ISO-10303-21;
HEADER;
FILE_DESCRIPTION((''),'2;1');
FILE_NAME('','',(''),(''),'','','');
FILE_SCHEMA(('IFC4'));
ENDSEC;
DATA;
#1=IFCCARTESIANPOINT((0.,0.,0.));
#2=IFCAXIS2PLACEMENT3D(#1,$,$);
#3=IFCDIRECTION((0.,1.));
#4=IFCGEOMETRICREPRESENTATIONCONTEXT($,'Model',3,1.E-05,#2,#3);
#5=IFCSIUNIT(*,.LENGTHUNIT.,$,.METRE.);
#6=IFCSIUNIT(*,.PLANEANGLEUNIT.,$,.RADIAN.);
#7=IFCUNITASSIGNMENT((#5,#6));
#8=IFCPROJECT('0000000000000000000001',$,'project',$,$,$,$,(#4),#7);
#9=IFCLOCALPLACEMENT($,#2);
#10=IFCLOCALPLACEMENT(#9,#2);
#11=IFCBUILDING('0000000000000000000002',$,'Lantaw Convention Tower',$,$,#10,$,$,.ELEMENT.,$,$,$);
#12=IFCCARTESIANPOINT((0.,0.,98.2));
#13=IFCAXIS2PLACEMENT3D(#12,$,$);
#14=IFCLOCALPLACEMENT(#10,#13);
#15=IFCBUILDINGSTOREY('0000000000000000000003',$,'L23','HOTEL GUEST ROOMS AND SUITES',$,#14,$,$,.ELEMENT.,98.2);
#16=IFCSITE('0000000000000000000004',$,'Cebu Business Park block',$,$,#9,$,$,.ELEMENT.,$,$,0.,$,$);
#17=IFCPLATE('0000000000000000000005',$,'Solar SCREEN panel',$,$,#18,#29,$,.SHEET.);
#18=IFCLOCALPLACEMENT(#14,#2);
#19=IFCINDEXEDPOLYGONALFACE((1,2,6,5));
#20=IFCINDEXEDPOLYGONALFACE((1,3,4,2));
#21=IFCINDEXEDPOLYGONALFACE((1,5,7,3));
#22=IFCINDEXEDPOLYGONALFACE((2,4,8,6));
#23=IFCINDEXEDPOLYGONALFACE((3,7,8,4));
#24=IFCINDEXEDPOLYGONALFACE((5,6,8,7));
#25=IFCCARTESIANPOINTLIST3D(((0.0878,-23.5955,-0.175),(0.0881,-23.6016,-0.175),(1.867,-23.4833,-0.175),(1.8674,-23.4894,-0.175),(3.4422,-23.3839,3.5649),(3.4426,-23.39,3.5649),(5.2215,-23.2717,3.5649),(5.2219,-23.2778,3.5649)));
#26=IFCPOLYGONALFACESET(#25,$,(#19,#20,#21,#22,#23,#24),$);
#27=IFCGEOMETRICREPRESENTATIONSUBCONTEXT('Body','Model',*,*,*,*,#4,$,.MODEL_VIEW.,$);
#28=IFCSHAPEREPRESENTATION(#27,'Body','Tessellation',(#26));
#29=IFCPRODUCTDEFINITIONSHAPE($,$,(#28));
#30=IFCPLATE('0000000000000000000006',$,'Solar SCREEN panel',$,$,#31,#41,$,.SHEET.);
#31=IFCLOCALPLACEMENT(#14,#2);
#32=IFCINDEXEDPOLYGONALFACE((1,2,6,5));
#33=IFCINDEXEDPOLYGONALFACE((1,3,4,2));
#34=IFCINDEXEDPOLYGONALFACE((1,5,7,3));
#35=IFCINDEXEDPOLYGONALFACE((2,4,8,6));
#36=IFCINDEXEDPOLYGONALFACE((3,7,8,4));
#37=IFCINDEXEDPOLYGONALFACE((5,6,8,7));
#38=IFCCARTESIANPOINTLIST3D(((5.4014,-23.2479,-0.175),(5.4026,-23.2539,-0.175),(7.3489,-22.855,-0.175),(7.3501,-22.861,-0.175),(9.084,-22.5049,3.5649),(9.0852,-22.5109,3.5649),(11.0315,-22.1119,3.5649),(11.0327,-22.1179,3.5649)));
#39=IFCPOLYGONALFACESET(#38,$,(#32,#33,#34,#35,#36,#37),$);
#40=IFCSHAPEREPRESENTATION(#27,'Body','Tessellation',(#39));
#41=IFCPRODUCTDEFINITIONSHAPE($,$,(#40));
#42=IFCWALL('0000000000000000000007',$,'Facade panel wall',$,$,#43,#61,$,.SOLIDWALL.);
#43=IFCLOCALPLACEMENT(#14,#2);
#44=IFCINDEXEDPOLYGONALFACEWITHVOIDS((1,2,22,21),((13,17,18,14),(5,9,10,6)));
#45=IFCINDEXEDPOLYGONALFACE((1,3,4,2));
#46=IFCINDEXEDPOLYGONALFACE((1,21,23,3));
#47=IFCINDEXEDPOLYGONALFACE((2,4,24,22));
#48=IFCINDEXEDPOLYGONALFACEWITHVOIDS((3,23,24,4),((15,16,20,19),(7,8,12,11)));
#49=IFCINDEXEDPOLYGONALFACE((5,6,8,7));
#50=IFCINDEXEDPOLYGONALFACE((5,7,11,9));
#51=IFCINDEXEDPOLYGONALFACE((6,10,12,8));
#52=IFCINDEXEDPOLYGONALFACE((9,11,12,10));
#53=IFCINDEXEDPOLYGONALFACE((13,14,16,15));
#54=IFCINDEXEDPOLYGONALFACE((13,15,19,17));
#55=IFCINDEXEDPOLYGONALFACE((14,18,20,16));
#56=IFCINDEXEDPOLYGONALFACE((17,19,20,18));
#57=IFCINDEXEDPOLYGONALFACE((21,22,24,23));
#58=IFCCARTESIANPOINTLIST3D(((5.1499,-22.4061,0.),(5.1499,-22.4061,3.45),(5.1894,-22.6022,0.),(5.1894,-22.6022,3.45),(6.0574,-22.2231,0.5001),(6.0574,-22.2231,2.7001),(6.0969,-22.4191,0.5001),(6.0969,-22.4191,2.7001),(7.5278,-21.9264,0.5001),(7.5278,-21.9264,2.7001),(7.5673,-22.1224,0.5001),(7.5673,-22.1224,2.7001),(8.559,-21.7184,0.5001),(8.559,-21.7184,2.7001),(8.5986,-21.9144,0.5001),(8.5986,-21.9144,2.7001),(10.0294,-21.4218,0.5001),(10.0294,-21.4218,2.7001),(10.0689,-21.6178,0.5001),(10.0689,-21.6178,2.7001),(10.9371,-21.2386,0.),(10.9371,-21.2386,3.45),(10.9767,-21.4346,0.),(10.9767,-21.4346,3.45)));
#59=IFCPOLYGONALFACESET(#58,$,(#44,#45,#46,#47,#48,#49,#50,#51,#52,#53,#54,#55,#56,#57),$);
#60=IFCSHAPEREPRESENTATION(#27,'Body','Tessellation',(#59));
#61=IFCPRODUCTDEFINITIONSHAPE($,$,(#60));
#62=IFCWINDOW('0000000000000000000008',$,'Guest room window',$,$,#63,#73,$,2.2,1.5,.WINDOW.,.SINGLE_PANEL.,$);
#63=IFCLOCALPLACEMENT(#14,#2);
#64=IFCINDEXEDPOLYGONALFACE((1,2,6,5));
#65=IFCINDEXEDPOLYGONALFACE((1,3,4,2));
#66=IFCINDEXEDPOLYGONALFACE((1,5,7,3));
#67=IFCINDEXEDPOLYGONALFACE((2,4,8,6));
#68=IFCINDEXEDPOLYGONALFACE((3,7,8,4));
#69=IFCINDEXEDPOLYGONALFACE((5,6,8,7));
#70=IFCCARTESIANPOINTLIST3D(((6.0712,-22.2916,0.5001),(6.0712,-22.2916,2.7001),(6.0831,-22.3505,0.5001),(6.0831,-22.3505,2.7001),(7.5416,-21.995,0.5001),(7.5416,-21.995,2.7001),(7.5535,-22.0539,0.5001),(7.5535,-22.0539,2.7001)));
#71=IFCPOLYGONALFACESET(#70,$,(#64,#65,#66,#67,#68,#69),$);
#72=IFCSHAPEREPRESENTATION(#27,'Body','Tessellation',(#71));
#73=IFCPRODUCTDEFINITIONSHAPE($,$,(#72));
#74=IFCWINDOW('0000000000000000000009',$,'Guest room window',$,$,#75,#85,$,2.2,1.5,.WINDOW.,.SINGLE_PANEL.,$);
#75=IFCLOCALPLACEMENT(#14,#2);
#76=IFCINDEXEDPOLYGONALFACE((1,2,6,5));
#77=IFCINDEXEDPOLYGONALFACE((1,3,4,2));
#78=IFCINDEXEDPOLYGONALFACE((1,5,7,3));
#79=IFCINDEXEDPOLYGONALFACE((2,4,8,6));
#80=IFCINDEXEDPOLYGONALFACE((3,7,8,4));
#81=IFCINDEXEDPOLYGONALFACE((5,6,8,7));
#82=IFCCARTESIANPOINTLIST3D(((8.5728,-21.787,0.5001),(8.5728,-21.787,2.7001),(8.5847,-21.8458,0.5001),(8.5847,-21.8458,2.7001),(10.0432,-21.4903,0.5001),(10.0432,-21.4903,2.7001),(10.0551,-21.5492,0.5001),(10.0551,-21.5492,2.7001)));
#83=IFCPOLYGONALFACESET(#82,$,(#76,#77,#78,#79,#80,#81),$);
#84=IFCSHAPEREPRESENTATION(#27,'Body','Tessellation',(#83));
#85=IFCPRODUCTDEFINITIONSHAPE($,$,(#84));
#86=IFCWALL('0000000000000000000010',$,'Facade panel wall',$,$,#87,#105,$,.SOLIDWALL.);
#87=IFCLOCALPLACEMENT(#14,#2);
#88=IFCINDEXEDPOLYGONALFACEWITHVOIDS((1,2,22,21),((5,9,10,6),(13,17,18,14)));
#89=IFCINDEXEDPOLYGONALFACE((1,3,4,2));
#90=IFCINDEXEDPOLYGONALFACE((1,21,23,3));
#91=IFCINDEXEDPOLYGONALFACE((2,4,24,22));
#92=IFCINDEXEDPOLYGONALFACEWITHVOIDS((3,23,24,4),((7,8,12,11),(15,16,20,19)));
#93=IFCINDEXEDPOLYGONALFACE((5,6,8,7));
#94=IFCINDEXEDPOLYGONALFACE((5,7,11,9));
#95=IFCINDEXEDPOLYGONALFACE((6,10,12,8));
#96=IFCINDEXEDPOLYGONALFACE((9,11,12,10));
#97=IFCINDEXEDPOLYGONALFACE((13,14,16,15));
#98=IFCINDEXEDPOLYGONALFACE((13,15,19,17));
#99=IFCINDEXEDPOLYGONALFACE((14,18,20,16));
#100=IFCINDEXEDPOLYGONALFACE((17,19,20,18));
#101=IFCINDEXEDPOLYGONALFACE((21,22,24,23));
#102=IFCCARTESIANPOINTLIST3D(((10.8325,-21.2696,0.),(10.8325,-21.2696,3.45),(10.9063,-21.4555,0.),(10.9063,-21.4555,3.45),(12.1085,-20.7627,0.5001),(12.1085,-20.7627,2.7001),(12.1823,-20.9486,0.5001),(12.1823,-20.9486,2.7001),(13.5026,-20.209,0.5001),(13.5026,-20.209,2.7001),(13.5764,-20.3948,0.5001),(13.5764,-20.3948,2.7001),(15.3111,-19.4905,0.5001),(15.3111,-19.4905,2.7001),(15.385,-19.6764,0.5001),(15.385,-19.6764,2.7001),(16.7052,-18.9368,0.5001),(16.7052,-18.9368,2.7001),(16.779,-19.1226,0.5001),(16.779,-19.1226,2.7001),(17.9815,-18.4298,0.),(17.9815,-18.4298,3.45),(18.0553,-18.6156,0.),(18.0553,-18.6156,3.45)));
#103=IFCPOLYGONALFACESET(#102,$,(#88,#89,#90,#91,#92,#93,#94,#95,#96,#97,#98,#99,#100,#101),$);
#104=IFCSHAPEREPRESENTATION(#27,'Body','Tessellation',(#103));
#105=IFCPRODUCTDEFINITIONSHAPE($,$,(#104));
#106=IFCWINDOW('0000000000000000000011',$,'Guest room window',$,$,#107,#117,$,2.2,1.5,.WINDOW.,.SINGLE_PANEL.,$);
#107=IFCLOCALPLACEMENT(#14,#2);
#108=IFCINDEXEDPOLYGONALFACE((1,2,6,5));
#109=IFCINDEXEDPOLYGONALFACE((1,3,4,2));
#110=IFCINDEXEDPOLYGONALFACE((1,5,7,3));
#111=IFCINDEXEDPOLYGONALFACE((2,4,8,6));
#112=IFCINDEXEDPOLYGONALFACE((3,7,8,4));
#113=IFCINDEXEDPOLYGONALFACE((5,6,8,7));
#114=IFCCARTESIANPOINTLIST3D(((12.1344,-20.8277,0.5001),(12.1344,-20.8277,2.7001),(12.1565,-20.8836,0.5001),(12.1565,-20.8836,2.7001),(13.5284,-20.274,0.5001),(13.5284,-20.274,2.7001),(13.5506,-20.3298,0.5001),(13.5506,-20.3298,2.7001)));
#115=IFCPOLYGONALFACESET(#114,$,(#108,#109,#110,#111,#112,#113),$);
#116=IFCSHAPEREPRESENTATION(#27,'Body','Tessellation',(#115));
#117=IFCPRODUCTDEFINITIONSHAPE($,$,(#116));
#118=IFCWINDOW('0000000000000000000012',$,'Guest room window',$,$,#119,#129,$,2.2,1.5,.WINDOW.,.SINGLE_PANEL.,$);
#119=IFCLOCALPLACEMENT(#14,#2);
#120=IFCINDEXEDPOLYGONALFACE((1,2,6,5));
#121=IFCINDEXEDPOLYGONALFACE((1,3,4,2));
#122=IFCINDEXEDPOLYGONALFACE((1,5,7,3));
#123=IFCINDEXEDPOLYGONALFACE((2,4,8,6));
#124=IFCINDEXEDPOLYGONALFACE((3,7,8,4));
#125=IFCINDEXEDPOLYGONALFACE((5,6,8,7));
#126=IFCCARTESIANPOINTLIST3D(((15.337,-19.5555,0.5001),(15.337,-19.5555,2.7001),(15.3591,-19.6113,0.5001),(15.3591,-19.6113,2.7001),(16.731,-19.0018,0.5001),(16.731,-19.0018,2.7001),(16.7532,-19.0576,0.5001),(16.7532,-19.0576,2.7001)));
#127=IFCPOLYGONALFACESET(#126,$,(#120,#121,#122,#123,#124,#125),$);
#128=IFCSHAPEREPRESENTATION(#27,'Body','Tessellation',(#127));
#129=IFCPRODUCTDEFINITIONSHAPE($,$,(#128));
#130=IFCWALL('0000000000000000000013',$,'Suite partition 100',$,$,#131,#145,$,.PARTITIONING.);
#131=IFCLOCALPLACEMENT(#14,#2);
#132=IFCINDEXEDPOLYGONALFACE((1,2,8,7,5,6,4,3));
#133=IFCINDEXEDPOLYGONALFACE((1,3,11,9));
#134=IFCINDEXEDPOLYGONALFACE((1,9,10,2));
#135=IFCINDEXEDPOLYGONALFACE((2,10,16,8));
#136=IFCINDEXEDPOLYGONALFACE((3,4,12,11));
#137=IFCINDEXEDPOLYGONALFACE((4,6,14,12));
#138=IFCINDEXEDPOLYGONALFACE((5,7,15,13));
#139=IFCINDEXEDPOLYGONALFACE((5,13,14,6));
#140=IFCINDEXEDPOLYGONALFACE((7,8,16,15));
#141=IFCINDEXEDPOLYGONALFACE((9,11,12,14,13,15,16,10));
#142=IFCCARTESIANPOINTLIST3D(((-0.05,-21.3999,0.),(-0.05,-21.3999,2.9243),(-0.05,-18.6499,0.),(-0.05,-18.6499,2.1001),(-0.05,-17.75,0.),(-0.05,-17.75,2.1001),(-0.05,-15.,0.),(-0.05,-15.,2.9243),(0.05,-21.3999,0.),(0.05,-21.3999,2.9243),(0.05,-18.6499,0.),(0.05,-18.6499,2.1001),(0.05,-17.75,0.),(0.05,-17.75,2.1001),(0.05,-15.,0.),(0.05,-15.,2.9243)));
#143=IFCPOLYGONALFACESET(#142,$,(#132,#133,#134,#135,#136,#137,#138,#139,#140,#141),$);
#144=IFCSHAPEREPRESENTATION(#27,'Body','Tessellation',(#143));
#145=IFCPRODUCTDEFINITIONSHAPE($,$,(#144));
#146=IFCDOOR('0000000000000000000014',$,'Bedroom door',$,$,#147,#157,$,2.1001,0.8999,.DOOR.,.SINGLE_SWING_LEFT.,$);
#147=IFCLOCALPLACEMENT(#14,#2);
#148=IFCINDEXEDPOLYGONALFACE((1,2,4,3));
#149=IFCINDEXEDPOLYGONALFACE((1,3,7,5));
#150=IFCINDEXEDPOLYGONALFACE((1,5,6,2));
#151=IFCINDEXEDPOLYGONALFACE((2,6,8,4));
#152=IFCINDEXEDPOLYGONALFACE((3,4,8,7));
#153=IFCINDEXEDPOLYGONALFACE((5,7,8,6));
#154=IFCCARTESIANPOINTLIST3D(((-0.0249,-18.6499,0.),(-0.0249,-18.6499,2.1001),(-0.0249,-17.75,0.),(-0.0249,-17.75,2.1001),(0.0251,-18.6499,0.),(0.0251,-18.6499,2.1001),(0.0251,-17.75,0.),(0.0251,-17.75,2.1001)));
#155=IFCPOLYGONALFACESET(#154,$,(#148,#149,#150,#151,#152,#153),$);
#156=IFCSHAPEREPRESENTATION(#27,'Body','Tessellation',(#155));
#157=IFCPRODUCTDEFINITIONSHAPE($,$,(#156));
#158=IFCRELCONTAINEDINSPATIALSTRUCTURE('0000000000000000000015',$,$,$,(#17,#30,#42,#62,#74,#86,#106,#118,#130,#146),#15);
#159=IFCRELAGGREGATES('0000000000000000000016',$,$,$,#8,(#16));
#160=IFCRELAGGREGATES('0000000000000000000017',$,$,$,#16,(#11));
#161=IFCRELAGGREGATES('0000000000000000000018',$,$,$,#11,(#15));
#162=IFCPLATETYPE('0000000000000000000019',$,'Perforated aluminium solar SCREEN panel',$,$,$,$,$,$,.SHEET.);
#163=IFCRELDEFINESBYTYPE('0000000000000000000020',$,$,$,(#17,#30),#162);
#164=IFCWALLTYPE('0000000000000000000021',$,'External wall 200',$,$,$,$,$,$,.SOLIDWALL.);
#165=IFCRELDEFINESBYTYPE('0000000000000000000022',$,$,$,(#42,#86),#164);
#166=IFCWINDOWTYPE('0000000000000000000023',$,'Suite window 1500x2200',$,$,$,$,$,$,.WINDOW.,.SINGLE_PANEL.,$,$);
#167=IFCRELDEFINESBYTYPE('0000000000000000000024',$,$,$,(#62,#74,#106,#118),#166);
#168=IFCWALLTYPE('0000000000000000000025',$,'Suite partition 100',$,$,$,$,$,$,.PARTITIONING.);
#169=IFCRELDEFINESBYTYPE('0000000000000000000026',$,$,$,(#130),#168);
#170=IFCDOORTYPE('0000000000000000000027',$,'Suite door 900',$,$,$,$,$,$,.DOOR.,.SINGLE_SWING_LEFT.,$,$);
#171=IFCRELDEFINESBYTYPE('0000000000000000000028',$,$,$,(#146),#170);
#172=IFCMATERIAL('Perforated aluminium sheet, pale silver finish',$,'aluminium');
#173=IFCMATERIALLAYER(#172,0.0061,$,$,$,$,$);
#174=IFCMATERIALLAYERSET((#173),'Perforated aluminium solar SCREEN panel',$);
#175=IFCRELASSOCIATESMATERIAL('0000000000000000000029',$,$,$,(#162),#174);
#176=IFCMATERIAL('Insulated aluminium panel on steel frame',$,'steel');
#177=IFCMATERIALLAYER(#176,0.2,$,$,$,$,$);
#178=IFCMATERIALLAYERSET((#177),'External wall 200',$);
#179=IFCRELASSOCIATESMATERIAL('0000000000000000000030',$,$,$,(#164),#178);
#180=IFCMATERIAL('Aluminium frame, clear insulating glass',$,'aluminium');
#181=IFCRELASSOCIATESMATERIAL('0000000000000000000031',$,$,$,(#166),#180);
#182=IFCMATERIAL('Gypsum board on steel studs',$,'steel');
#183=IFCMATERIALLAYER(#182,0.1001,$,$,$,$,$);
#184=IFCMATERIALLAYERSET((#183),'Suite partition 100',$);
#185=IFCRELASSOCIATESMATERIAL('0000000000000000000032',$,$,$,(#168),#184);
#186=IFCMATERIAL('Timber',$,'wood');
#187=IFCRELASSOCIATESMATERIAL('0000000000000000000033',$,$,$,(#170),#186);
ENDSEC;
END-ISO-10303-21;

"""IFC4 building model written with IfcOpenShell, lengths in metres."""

from ifc_helpers import new_model, si_unit, direction, frame, frame_2d, origin, place, context, subcontext, project, spatial, polyline, rectangle, outline, extrude, material, layer, layer_set, type_object, element, fill, save


model = new_model("IFC4")

# Units and contexts
model_context = context("Model", 3, precision=1e-05, world=origin(), true_north=direction((0.0, 1.0)))
body_context = subcontext(model_context, "Body", "Model", "MODEL_VIEW")
ifc_project = project(units=[si_unit("LENGTHUNIT", "METRE"), si_unit("PLANEANGLEUNIT", "RADIAN")], contexts=[model_context])

# Site, building, storey
site_placement = place(None, origin())
site = spatial("IfcSite", under=ifc_project, at=site_placement, Name="Cebu Business Park block", CompositionType="ELEMENT", RefElevation=0.0)
building_placement = place(site_placement, origin())
building = spatial("IfcBuilding", under=site, at=building_placement, Name="Lantaw Convention Tower", CompositionType="ELEMENT")
storey_placement = place(building_placement, frame((0.0, 0.0, 98.2)))
storey = spatial("IfcBuildingStorey", under=building, at=storey_placement, Name="L23", Description="HOTEL GUEST ROOMS AND SUITES", CompositionType="ELEMENT", Elevation=98.2)

# Plates
ifc_material_1 = material(Name="Perforated aluminium sheet, pale silver finish", Category="aluminium")
ifc_layer_1 = layer(ifc_material_1, 0.0061)
ifc_layer_set_1 = layer_set([ifc_layer_1], Name="Perforated aluminium solar SCREEN panel")
plate_type = type_object("IfcPlateType", Name="Perforated aluminium solar SCREEN panel", PredefinedType="SHEET", material=ifc_layer_set_1)
plate_1_placement = place(storey_placement, frame((0.0881, -23.6016, -0.175), z_axis=(0.062924, -0.998018, 0.000014), x_axis=(0.998018, 0.062924, 0.0)))
element("IfcPlate", 1, at=plate_1_placement, inside=storey, type_object=plate_type, Name="Solar SCREEN panel", PredefinedType="SHEET", context=body_context, shape_type="SweptSolid", body=[
    extrude(outline(polyline([(0.0, 0.0), (1.7828, 0.0), (5.144, 3.74), (3.3611, 3.74), (0.0, 0.0)])), origin(), (0.0, 0.0, -1.0), 0.0061),
])
plate_2_placement = place(storey_placement, frame((5.4026, -23.2539, -0.175), z_axis=(0.197782, -0.980246, 0.000002), x_axis=(0.980246, 0.197782, 0.0)))
element("IfcPlate", 2, at=plate_2_placement, inside=storey, type_object=plate_type, Name="Solar SCREEN panel", PredefinedType="SHEET", context=body_context, shape_type="SweptSolid", body=[
    extrude(outline(polyline([(0.0, 0.0), (1.9867, 0.0), (5.7436, 3.74), (3.7568, 3.74), (0.0, 0.0)])), origin(), (0.0, 0.0, -1.0), 0.0061),
])

# Walls, openings, windows
ifc_material_2 = material(Name="Insulated aluminium panel on steel frame", Category="steel")
ifc_layer_2 = layer(ifc_material_2, 0.2)
ifc_layer_set_2 = layer_set([ifc_layer_2], Name="External wall 200")
wall_type_1 = type_object("IfcWallType", Name="External wall 200", PredefinedType="SOLIDWALL", material=ifc_layer_set_2)
wall_1_placement = place(storey_placement, frame((5.1697, -22.5042, 0.0), z_axis=(0.0, 0.0, 1.0), x_axis=(0.980252, 0.197754, 0.0)))
wall_1 = element("IfcWall", 3, at=wall_1_placement, inside=storey, type_object=wall_type_1, Name="Facade panel wall", PredefinedType="SOLIDWALL", context=body_context, shape_type="SweptSolid", body=[
    extrude(rectangle(XDim=5.9038, YDim=0.2, at=frame_2d((2.9519, 0.0))), origin(), (0.0, 0.0, 1.0), 3.45),
])
opening_1_placement = place(wall_1_placement, frame((0.9258, 0.0, 0.5)))
opening_1 = element("IfcOpeningElement", 4, at=opening_1_placement, cuts=wall_1, PredefinedType="OPENING", context=body_context, shape_type="SweptSolid", body=[
    extrude(rectangle(XDim=1.5, YDim=2.2, at=frame_2d((0.75, 1.1001))), frame((0.0, 0.1099, 0.0), z_axis=(0.0, -1.0, 0.0), x_axis=(1.0, 0.0, 0.0)), (0.0, 0.0, 1.0), 0.22),
])
opening_2_placement = place(wall_1_placement, frame((3.4778, 0.0, 0.5)))
opening_2 = element("IfcOpeningElement", 5, at=opening_2_placement, cuts=wall_1, PredefinedType="OPENING", context=body_context, shape_type="SweptSolid", body=[
    extrude(rectangle(XDim=1.5, YDim=2.2, at=frame_2d((0.75, 1.1001))), frame((0.0, 0.1099, 0.0), z_axis=(0.0, -1.0, 0.0), x_axis=(1.0, 0.0, 0.0)), (0.0, 0.0, 1.0), 0.22),
])
ifc_material_3 = material(Name="Aluminium frame, clear insulating glass", Category="aluminium")
window_type = type_object("IfcWindowType", Name="Suite window 1500x2200", PartitioningType="SINGLE_PANEL", PredefinedType="WINDOW", material=ifc_material_3)
window_1_placement = place(opening_1_placement, origin())
window_1 = element("IfcWindow", 6, at=window_1_placement, inside=storey, type_object=window_type, Name="Guest room window", OverallHeight=2.2, OverallWidth=1.5, PartitioningType="SINGLE_PANEL", PredefinedType="WINDOW", context=body_context, shape_type="SweptSolid", body=[
    extrude(rectangle(XDim=1.5, YDim=2.2, at=frame_2d((0.75, 1.1001))), frame((0.0, 0.03, 0.0), z_axis=(0.0, -1.0, 0.0), x_axis=(1.0, 0.0, 0.0)), (0.0, 0.0, 1.0), 0.0601),
])
fill(opening_1, window_1)
window_2_placement = place(opening_2_placement, origin())
window_2 = element("IfcWindow", 7, at=window_2_placement, inside=storey, type_object=window_type, Name="Guest room window", OverallHeight=2.2, OverallWidth=1.5, PartitioningType="SINGLE_PANEL", PredefinedType="WINDOW", context=body_context, shape_type="SweptSolid", body=[
    extrude(rectangle(XDim=1.5, YDim=2.2, at=frame_2d((0.75, 1.1001))), frame((0.0, 0.03, 0.0), z_axis=(0.0, -1.0, 0.0), x_axis=(1.0, 0.0, 0.0)), (0.0, 0.0, 1.0), 0.0601),
])
fill(opening_2, window_2)
wall_2_placement = place(storey_placement, frame((10.8694, -21.3625, 0.0), z_axis=(0.0, 0.0, 1.0), x_axis=(0.929358, 0.369179, 0.0)))
wall_2 = element("IfcWall", 8, at=wall_2_placement, inside=storey, type_object=wall_type_1, Name="Facade panel wall", PredefinedType="SOLIDWALL", context=body_context, shape_type="SweptSolid", body=[
    extrude(rectangle(XDim=7.6924, YDim=0.2, at=frame_2d((3.8462, 0.0))), origin(), (0.0, 0.0, 1.0), 3.45),
])
opening_3_placement = place(wall_2_placement, frame((1.373, 0.0, 0.5)))
opening_3 = element("IfcOpeningElement", 9, at=opening_3_placement, cuts=wall_2, PredefinedType="OPENING", context=body_context, shape_type="SweptSolid", body=[
    extrude(rectangle(XDim=1.5, YDim=2.2, at=frame_2d((0.75, 1.1001))), frame((0.0, 0.1099, 0.0), z_axis=(0.0, -1.0, 0.0), x_axis=(1.0, 0.0, 0.0)), (0.0, 0.0, 1.0), 0.22),
])
opening_4_placement = place(wall_2_placement, frame((4.8191, 0.0, 0.5)))
opening_4 = element("IfcOpeningElement", 10, at=opening_4_placement, cuts=wall_2, PredefinedType="OPENING", context=body_context, shape_type="SweptSolid", body=[
    extrude(rectangle(XDim=1.5, YDim=2.2, at=frame_2d((0.75, 1.1001))), frame((0.0, 0.1099, 0.0), z_axis=(0.0, -1.0, 0.0), x_axis=(1.0, 0.0, 0.0)), (0.0, 0.0, 1.0), 0.22),
])
window_3_placement = place(opening_3_placement, origin())
window_3 = element("IfcWindow", 11, at=window_3_placement, inside=storey, type_object=window_type, Name="Guest room window", OverallHeight=2.2, OverallWidth=1.5, PartitioningType="SINGLE_PANEL", PredefinedType="WINDOW", context=body_context, shape_type="SweptSolid", body=[
    extrude(rectangle(XDim=1.5, YDim=2.2, at=frame_2d((0.75, 1.1001))), frame((0.0, 0.03, 0.0), z_axis=(0.0, -1.0, 0.0), x_axis=(1.0, 0.0, 0.0)), (0.0, 0.0, 1.0), 0.0601),
])
fill(opening_3, window_3)
window_4_placement = place(opening_4_placement, origin())
window_4 = element("IfcWindow", 12, at=window_4_placement, inside=storey, type_object=window_type, Name="Guest room window", OverallHeight=2.2, OverallWidth=1.5, PartitioningType="SINGLE_PANEL", PredefinedType="WINDOW", context=body_context, shape_type="SweptSolid", body=[
    extrude(rectangle(XDim=1.5, YDim=2.2, at=frame_2d((0.75, 1.1001))), frame((0.0, 0.03, 0.0), z_axis=(0.0, -1.0, 0.0), x_axis=(1.0, 0.0, 0.0)), (0.0, 0.0, 1.0), 0.0601),
])
fill(opening_4, window_4)

# Wall, opening, door
ifc_material_4 = material(Name="Gypsum board on steel studs", Category="steel")
ifc_layer_3 = layer(ifc_material_4, 0.1001)
ifc_layer_set_3 = layer_set([ifc_layer_3], Name="Suite partition 100")
wall_type_2 = type_object("IfcWallType", Name="Suite partition 100", PredefinedType="PARTITIONING", material=ifc_layer_set_3)
wall_3_placement = place(storey_placement, frame((0.0, -21.3999, 0.0), z_axis=(0.0, 0.0, 1.0), x_axis=(0.0, 1.0, 0.0)))
wall_3 = element("IfcWall", 13, at=wall_3_placement, inside=storey, type_object=wall_type_2, Name="Suite partition 100", PredefinedType="PARTITIONING", context=body_context, shape_type="SweptSolid", body=[
    extrude(rectangle(XDim=6.3999, YDim=0.1001, at=frame_2d((3.2, 0.0))), origin(), (0.0, 0.0, 1.0), 2.9243),
])
opening_5_placement = place(wall_3_placement, frame((2.75, 0.0, 0.0)))
opening_5 = element("IfcOpeningElement", 14, at=opening_5_placement, cuts=wall_3, PredefinedType="OPENING", context=body_context, shape_type="SweptSolid", body=[
    extrude(rectangle(XDim=0.8999, YDim=2.1001, at=frame_2d((0.45, 1.05))), frame((0.0, 0.0601, 0.0), z_axis=(0.0, -1.0, 0.0), x_axis=(1.0, 0.0, 0.0)), (0.0, 0.0, 1.0), 0.1201),
])
ifc_material_5 = material(Name="Timber", Category="wood")
door_type = type_object("IfcDoorType", Name="Suite door 900", OperationType="SINGLE_SWING_LEFT", PredefinedType="DOOR", material=ifc_material_5)
door_1_placement = place(opening_5_placement, origin())
door_1 = element("IfcDoor", 15, at=door_1_placement, inside=storey, type_object=door_type, Name="Bedroom door", OperationType="SINGLE_SWING_LEFT", OverallHeight=2.1001, OverallWidth=0.8999, PredefinedType="DOOR", context=body_context, shape_type="SweptSolid", body=[
    extrude(rectangle(XDim=0.8999, YDim=2.1001, at=frame_2d((0.45, 1.05))), frame((0.0, 0.0249, 0.0), z_axis=(0.0, -1.0, 0.0), x_axis=(1.0, 0.0, 0.0)), (0.0, 0.0, 1.0), 0.05),
])
fill(opening_5, door_1)

save(model, "model.ifc")
